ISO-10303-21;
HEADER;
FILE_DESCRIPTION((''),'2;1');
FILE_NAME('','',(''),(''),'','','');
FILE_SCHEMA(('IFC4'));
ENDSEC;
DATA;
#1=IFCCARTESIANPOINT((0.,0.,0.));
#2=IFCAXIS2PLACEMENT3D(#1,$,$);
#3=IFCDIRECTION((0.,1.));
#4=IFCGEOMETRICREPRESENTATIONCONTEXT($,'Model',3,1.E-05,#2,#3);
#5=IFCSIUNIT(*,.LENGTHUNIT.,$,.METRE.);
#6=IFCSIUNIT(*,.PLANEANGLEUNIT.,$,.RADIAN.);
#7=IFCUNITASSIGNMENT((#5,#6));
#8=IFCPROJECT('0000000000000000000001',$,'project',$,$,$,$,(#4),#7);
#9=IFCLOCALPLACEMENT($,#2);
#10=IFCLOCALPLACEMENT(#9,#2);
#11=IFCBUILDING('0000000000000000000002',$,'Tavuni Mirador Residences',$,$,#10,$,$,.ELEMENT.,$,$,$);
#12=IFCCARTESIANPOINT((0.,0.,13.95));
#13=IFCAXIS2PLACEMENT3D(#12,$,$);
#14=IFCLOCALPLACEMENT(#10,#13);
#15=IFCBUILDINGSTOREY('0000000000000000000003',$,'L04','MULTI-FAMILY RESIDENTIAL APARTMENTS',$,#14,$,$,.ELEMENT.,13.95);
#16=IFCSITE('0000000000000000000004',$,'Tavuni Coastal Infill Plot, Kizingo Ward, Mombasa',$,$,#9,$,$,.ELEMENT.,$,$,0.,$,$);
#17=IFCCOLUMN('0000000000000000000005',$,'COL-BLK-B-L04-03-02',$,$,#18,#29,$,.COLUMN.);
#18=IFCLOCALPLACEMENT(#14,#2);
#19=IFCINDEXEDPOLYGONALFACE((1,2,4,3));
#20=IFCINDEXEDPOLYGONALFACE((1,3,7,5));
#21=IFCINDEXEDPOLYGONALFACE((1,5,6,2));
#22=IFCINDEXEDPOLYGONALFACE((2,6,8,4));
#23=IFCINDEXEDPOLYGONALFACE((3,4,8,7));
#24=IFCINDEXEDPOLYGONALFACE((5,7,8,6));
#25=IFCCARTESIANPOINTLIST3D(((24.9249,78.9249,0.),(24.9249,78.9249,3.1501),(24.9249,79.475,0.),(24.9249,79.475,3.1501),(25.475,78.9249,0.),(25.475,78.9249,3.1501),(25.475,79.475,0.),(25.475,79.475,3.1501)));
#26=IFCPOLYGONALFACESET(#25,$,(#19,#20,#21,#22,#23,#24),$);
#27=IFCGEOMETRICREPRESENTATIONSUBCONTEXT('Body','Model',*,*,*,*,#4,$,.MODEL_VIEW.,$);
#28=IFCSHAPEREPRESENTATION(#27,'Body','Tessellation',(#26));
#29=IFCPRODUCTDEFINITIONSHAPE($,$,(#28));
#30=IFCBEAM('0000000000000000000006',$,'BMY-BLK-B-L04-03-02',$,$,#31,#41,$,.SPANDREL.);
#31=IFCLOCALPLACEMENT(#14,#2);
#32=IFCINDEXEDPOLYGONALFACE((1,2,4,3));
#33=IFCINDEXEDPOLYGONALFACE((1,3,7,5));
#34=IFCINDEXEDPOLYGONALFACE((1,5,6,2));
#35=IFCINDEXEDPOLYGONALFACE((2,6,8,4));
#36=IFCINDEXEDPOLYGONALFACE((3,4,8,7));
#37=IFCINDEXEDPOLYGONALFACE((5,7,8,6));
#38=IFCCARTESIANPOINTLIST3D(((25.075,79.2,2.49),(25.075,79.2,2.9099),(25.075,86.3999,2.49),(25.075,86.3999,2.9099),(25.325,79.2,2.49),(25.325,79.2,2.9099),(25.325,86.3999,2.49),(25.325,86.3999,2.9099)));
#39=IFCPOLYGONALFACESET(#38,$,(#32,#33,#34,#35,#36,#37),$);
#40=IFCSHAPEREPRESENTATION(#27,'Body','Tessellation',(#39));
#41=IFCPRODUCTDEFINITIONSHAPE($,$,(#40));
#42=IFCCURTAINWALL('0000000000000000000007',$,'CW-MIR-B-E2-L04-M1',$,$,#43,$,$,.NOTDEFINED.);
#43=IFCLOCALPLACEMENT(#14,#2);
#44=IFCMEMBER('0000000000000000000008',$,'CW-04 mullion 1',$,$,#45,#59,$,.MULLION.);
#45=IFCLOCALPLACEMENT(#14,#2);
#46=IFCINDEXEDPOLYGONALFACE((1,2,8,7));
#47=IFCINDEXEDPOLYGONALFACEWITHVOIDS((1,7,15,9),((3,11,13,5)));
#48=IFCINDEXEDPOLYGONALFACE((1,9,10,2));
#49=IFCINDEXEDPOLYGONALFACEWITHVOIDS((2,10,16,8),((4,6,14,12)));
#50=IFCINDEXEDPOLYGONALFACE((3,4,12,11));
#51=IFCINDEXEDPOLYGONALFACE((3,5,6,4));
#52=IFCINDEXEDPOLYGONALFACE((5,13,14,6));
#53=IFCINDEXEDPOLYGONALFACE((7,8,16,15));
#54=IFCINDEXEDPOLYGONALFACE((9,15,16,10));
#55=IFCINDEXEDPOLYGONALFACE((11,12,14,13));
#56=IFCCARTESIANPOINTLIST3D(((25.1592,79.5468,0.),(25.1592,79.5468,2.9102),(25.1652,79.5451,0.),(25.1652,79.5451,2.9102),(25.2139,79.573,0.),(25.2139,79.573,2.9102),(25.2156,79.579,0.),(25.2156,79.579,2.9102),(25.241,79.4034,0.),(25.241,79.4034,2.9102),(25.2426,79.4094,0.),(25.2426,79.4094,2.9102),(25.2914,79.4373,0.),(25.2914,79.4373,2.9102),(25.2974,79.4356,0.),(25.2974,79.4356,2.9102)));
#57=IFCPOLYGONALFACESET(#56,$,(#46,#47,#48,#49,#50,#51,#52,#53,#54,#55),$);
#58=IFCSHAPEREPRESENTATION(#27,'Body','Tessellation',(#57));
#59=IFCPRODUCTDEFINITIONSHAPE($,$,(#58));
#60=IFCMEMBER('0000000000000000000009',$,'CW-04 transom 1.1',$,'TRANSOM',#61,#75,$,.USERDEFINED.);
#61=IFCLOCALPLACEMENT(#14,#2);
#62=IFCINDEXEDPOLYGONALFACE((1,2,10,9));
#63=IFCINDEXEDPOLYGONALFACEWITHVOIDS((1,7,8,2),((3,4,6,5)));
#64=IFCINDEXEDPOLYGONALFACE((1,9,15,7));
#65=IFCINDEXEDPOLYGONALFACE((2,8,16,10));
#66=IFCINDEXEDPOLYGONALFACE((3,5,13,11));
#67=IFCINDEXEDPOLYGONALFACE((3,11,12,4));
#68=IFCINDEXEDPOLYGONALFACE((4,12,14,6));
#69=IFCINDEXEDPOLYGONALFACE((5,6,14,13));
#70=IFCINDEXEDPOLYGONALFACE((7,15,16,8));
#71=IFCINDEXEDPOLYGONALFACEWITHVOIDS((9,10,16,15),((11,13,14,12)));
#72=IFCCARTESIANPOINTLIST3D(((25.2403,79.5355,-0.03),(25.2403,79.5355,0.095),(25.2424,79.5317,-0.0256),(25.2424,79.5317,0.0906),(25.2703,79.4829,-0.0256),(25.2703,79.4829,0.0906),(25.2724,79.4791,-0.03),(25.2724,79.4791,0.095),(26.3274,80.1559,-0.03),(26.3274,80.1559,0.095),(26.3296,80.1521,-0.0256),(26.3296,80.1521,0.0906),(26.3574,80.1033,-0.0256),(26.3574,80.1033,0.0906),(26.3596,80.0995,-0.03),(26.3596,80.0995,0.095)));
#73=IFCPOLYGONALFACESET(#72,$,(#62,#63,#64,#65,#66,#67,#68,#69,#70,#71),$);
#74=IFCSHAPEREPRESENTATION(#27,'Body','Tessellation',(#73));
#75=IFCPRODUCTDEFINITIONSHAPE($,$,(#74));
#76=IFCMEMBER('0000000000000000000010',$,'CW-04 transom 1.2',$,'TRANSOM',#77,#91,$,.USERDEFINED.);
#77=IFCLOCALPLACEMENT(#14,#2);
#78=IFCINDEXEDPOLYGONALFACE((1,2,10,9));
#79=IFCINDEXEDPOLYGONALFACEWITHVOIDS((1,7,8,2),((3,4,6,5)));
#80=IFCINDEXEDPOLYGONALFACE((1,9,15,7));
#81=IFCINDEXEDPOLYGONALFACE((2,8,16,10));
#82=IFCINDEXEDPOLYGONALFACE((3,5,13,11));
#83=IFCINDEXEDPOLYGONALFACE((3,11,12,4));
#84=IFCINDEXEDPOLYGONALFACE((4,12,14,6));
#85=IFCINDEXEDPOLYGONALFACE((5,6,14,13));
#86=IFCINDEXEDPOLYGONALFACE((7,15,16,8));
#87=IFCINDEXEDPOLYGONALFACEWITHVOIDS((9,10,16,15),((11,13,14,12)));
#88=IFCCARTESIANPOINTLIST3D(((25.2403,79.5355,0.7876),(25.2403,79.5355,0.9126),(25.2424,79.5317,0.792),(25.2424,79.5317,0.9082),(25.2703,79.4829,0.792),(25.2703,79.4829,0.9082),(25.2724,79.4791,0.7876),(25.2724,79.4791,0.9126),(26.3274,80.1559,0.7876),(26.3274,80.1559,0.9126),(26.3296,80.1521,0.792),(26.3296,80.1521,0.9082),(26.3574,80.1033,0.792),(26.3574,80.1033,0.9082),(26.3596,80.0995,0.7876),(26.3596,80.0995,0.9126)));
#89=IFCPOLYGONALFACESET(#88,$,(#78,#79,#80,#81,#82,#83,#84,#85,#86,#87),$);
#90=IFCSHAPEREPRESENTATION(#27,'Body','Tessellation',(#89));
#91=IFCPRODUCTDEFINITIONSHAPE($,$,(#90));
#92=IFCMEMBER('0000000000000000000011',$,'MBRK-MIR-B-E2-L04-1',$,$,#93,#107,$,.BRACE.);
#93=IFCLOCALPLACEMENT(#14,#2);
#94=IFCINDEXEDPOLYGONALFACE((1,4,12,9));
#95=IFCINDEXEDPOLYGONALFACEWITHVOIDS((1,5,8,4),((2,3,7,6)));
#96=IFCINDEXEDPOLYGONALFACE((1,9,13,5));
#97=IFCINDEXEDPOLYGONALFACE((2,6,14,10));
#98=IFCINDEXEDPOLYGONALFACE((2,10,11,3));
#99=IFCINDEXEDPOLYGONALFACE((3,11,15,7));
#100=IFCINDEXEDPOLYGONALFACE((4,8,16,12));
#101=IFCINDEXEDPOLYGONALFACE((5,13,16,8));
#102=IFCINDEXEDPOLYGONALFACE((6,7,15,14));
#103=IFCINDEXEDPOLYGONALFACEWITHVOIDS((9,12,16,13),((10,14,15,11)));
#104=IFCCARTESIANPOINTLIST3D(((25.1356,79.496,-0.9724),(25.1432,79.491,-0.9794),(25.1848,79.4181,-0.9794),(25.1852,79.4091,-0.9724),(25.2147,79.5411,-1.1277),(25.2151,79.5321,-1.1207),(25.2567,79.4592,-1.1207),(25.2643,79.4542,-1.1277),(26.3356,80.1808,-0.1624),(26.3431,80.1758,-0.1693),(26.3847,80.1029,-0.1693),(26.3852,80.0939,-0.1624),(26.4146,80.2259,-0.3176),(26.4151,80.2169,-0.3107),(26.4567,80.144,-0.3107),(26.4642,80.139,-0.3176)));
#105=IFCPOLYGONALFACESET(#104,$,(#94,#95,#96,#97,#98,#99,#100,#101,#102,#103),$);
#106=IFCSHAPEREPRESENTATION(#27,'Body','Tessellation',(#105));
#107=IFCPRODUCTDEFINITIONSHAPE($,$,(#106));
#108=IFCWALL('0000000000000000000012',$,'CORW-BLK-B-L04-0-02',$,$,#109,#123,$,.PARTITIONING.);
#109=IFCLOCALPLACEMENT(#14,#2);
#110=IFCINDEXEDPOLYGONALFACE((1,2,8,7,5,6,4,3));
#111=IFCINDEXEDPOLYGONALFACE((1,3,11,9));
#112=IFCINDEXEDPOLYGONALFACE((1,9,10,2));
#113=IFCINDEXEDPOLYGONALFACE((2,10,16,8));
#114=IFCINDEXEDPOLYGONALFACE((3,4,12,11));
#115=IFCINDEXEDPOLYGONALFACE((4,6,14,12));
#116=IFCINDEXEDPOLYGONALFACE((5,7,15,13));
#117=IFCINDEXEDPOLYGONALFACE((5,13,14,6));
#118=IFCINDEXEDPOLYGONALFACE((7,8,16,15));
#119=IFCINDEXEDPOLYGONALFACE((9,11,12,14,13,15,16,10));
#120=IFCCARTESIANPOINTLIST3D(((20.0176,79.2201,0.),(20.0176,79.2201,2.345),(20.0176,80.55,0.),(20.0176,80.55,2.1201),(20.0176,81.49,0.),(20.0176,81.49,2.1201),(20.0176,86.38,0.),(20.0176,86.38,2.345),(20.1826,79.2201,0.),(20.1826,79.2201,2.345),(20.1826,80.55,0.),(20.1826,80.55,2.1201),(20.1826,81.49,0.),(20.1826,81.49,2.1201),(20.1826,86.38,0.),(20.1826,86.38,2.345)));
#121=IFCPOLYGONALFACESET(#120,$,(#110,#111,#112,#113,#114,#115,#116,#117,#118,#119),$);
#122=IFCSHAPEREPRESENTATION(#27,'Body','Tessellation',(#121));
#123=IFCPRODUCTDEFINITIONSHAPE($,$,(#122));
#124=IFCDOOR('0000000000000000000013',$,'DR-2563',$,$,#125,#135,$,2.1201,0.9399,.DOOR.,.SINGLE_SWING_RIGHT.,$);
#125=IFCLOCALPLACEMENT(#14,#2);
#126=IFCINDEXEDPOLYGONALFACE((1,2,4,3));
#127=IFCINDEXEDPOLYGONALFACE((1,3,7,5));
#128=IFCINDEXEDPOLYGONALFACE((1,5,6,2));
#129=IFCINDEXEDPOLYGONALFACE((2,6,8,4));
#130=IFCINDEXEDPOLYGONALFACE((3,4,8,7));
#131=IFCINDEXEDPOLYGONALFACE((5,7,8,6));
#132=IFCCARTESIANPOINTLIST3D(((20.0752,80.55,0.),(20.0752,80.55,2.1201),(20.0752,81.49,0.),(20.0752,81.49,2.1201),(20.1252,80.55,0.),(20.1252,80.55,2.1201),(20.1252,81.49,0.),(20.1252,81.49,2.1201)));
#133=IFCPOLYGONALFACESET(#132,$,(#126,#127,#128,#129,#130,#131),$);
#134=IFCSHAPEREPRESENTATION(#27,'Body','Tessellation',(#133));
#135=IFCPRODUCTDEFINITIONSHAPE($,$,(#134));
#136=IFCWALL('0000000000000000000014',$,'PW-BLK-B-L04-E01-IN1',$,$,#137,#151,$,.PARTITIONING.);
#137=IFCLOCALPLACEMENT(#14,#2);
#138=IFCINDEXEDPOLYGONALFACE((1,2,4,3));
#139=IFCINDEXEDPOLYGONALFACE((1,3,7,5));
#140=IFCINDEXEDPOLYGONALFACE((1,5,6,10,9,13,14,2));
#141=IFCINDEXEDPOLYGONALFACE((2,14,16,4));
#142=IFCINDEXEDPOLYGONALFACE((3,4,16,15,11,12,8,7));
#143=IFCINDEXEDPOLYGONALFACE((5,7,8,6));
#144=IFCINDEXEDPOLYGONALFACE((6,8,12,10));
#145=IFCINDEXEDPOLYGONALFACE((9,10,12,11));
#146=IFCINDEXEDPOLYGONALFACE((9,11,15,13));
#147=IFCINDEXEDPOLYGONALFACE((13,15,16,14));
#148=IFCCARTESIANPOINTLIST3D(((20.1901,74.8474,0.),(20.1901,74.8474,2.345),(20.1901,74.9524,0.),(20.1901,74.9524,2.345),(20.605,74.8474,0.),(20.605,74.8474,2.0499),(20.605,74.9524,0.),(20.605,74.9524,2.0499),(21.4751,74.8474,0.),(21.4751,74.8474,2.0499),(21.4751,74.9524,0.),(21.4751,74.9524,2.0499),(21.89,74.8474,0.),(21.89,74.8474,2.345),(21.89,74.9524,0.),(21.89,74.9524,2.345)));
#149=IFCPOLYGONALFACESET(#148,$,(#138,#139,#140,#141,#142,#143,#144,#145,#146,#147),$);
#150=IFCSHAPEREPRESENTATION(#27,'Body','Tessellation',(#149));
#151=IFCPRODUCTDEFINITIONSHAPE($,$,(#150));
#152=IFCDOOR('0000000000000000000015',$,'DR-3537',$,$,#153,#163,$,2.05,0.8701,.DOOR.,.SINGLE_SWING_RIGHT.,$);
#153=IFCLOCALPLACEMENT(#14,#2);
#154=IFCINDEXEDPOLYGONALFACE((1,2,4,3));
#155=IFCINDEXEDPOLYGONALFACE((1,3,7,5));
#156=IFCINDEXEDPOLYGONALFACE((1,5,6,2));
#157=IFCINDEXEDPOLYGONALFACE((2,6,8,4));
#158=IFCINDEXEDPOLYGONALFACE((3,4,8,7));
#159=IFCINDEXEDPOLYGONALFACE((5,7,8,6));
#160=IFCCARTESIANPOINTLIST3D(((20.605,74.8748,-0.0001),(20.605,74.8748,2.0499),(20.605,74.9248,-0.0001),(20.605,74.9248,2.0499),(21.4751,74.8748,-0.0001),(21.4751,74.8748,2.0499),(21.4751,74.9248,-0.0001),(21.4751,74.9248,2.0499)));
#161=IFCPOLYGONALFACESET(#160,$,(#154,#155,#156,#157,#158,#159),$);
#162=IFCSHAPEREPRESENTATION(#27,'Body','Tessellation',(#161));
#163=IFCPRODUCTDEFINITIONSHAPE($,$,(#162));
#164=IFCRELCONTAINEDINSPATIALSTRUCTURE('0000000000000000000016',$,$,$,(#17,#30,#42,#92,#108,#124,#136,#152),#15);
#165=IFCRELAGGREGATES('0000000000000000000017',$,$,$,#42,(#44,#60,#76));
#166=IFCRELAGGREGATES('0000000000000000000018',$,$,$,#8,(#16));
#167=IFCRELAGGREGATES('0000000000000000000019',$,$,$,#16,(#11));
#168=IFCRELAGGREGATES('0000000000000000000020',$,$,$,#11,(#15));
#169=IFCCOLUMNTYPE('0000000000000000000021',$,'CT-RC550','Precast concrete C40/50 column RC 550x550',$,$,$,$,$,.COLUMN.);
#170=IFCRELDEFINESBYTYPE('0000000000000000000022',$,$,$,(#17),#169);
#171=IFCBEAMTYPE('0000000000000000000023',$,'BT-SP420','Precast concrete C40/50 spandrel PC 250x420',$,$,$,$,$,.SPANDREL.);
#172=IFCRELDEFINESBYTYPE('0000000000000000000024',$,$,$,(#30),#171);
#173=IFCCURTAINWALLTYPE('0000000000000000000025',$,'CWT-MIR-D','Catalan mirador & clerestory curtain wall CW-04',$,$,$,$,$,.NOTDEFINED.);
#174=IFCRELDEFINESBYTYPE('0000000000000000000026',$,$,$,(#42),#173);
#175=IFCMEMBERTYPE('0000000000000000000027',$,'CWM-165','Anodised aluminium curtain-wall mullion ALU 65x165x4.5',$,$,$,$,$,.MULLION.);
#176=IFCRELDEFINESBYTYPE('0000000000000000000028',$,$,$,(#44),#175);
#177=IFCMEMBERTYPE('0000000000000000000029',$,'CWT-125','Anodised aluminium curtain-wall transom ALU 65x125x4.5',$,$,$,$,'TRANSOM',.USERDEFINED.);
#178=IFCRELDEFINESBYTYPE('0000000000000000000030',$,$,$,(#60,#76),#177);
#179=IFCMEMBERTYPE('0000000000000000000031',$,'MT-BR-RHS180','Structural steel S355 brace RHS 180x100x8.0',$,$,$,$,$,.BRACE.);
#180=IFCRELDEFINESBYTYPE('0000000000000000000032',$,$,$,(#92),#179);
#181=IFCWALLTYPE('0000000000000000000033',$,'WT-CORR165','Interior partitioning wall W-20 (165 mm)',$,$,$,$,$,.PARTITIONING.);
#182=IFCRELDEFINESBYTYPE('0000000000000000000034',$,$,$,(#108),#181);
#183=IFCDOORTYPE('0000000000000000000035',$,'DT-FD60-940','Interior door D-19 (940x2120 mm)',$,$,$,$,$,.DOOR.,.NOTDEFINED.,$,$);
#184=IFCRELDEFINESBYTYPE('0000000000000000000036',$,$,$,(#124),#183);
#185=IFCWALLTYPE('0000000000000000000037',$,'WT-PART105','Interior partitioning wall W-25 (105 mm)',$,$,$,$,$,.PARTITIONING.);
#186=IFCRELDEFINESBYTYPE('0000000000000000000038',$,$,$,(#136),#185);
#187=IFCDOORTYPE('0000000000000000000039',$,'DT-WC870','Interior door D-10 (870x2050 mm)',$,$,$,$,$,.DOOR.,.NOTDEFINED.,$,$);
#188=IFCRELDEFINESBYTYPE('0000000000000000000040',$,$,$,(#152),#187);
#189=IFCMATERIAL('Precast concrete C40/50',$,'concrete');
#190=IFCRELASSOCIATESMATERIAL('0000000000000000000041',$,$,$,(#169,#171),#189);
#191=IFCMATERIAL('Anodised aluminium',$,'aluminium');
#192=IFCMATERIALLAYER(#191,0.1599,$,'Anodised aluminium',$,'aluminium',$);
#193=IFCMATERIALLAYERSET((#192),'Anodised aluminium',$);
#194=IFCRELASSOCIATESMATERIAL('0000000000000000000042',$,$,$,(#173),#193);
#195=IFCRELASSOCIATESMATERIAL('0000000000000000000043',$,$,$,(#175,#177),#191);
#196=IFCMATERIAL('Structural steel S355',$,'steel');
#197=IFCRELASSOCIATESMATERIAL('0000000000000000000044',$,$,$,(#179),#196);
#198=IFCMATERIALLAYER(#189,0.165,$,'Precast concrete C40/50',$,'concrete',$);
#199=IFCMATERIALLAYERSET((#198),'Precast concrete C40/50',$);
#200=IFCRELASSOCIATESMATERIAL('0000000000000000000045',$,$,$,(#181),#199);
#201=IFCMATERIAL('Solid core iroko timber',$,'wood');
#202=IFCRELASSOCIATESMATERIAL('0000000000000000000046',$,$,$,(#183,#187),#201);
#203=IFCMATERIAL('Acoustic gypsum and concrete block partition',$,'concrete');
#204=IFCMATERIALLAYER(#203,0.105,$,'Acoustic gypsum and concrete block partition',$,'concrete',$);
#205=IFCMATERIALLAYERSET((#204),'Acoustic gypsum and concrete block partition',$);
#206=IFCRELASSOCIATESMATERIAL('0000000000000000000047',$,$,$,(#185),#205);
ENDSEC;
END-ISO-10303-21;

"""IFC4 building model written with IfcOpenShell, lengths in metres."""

from ifc_helpers import new_model, si_unit, direction, frame, frame_2d, origin, origin_2d, place, context, subcontext, project, spatial, rectangle, hollow_rectangle, extrude, material, layer, layer_set, material_profile, profile_set, type_object, element, fill, aggregate, save


model = new_model("IFC4")

# Units and contexts
model_context = context("Model", 3, precision=1e-05, world=origin(), true_north=direction((0.0, 1.0)))
body_context = subcontext(model_context, "Body", "Model", "MODEL_VIEW")
ifc_project = project(units=[si_unit("LENGTHUNIT", "METRE"), si_unit("PLANEANGLEUNIT", "RADIAN")], contexts=[model_context])

# Site, building, storey
site_placement = place(None, origin())
site = spatial("IfcSite", under=ifc_project, at=site_placement, Name="Tavuni Coastal Infill Plot, Kizingo Ward, Mombasa", CompositionType="ELEMENT", RefElevation=0.0)
building_placement = place(site_placement, origin())
building = spatial("IfcBuilding", under=site, at=building_placement, Name="Tavuni Mirador Residences", CompositionType="ELEMENT")
storey_placement = place(building_placement, frame((0.0, 0.0, 13.95)))
storey = spatial("IfcBuildingStorey", under=building, at=storey_placement, Name="L04", Description="MULTI-FAMILY RESIDENTIAL APARTMENTS", CompositionType="ELEMENT", Elevation=13.95)

# Column
ifc_material_1 = material(Name="Precast concrete C40/50", Category="concrete")
ifc_material_profile_1 = material_profile(ifc_material_1, rectangle(XDim=0.55, YDim=0.55, at=origin_2d()), Name="RC 550x550", Category="concrete")
ifc_profile_set_1 = profile_set([ifc_material_profile_1], Name="Precast concrete C40/50")
column_type = type_object("IfcColumnType", Name="CT-RC550", Description="Precast concrete C40/50 column RC 550x550", PredefinedType="COLUMN", material=ifc_profile_set_1)
column_placement = place(storey_placement, frame((25.2, 79.2, 0.0), z_axis=(0.0, 0.0, 1.0), x_axis=(1.0, 0.0, 0.0)))
element("IfcColumn", 1, at=column_placement, inside=storey, type_object=column_type, Name="COL-BLK-B-L04-03-02", PredefinedType="COLUMN", context=body_context, shape_type="SweptSolid", body=[
    extrude(rectangle(XDim=0.55, YDim=0.55, at=origin_2d()), origin(), (0.0, 0.0, 1.0), 3.1501),
])

# Beam
ifc_material_profile_2 = material_profile(ifc_material_1, rectangle(XDim=0.25, YDim=0.4199, at=origin_2d()), Name="PC 250x420", Category="concrete")
ifc_profile_set_2 = profile_set([ifc_material_profile_2], Name="Precast concrete C40/50")
beam_type = type_object("IfcBeamType", Name="BT-SP420", Description="Precast concrete C40/50 spandrel PC 250x420", PredefinedType="SPANDREL", material=ifc_profile_set_2)
beam_placement = place(storey_placement, frame((25.2, 79.2, 2.7), z_axis=(0.0, 1.0, 0.0), x_axis=(-1.0, 0.0, 0.0)))
element("IfcBeam", 2, at=beam_placement, inside=storey, type_object=beam_type, Name="BMY-BLK-B-L04-03-02", PredefinedType="SPANDREL", context=body_context, shape_type="SweptSolid", body=[
    extrude(rectangle(XDim=0.25, YDim=0.4199, at=origin_2d()), origin(), (0.0, 0.0, 1.0), 7.2),
])

# Curtain wall, members
ifc_material_2 = material(Name="Anodised aluminium", Category="aluminium")
ifc_layer_1 = layer(ifc_material_2, 0.1599, Name="Anodised aluminium", Category="aluminium")
ifc_layer_set_1 = layer_set([ifc_layer_1], Name="Anodised aluminium")
curtain_wall_type = type_object("IfcCurtainWallType", Name="CWT-MIR-D", Description="Catalan mirador & clerestory curtain wall CW-04", PredefinedType="NOTDEFINED", material=ifc_layer_set_1)
curtain_wall_placement = place(storey_placement, origin())
curtain_wall = element("IfcCurtainWall", 3, at=curtain_wall_placement, inside=storey, type_object=curtain_wall_type, Name="CW-MIR-B-E2-L04-M1", PredefinedType="NOTDEFINED")
ifc_material_profile_3 = material_profile(ifc_material_2, hollow_rectangle(XDim=0.0649, YDim=0.165, WallThickness=0.0044, at=origin_2d()), Name="ALU 65x165x4.5", Category="aluminium")
ifc_profile_set_3 = profile_set([ifc_material_profile_3], Name="Anodised aluminium")
member_type_1 = type_object("IfcMemberType", Name="CWM-165", Description="Anodised aluminium curtain-wall mullion ALU 65x165x4.5", PredefinedType="MULLION", material=ifc_profile_set_3)
member_1_placement = place(storey_placement, frame((25.2283, 79.4912, 0.0), z_axis=(0.0, 0.0, 1.0), x_axis=(0.868466, 0.495749, 0.0)))
member_1 = element("IfcMember", 4, at=member_1_placement, type_object=member_type_1, Name="CW-04 mullion 1", PredefinedType="MULLION", context=body_context, shape_type="SweptSolid", body=[
    extrude(hollow_rectangle(XDim=0.0649, YDim=0.165, WallThickness=0.0044, at=origin_2d()), origin(), (0.0, 0.0, 1.0), 2.9102),
])
ifc_material_profile_4 = material_profile(ifc_material_2, hollow_rectangle(XDim=0.0649, YDim=0.125, WallThickness=0.0044, at=origin_2d()), Name="ALU 65x125x4.5", Category="aluminium")
ifc_profile_set_4 = profile_set([ifc_material_profile_4], Name="Anodised aluminium")
member_type_2 = type_object("IfcMemberType", Name="CWT-125", Description="Anodised aluminium curtain-wall transom ALU 65x125x4.5", ElementType="TRANSOM", PredefinedType="USERDEFINED", material=ifc_profile_set_4)
member_2_placement = place(storey_placement, frame((25.2563, 79.5073, 0.0325), z_axis=(0.868543, 0.495614, 0.0), x_axis=(-0.495614, 0.868543, 0.0)))
member_2 = element("IfcMember", 5, at=member_2_placement, type_object=member_type_2, Name="CW-04 transom 1.1", ObjectType="TRANSOM", PredefinedType="USERDEFINED", context=body_context, shape_type="SweptSolid", body=[
    extrude(hollow_rectangle(XDim=0.0649, YDim=0.125, WallThickness=0.0044, at=origin_2d()), origin(), (0.0, 0.0, 1.0), 1.2517),
])
member_3_placement = place(storey_placement, frame((25.2563, 79.5073, 0.8501), z_axis=(0.868543, 0.495614, 0.0), x_axis=(-0.495614, 0.868543, 0.0)))
member_3 = element("IfcMember", 6, at=member_3_placement, type_object=member_type_2, Name="CW-04 transom 1.2", ObjectType="TRANSOM", PredefinedType="USERDEFINED", context=body_context, shape_type="SweptSolid", body=[
    extrude(hollow_rectangle(XDim=0.0649, YDim=0.125, WallThickness=0.0044, at=origin_2d()), origin(), (0.0, 0.0, 1.0), 1.2517),
])
aggregate(curtain_wall, [member_1, member_2, member_3])

# Member
ifc_material_3 = material(Name="Structural steel S355", Category="steel")
ifc_material_profile_5 = material_profile(ifc_material_3, hollow_rectangle(XDim=0.1001, YDim=0.1799, WallThickness=0.0081, at=origin_2d()), Name="RHS 180x100x8.0", Category="steel")
ifc_profile_set_5 = profile_set([ifc_material_profile_5], Name="Structural steel S355")
member_type_3 = type_object("IfcMemberType", Name="MT-BR-RHS180", Description="Structural steel S355 brace RHS 180x100x8.0", PredefinedType="BRACE", material=ifc_profile_set_5)
member_4_placement = place(storey_placement, frame((25.2, 79.4751, -1.05), z_axis=(0.749231, 0.427588, 0.505788), x_axis=(-0.495663, 0.868515, 0.0)))
element("IfcMember", 7, at=member_4_placement, inside=storey, type_object=member_type_3, Name="MBRK-MIR-B-E2-L04-1", PredefinedType="BRACE", context=body_context, shape_type="SweptSolid", body=[
    extrude(hollow_rectangle(XDim=0.1001, YDim=0.1799, WallThickness=0.0081, at=origin_2d()), origin(), (0.0, 0.0, 1.0), 1.6016),
])

# Walls, openings, doors
ifc_layer_2 = layer(ifc_material_1, 0.165, Name="Precast concrete C40/50", Category="concrete")
ifc_layer_set_2 = layer_set([ifc_layer_2], Name="Precast concrete C40/50")
wall_type_1 = type_object("IfcWallType", Name="WT-CORR165", Description="Interior partitioning wall W-20 (165 mm)", PredefinedType="PARTITIONING", material=ifc_layer_set_2)
wall_1_placement = place(storey_placement, frame((20.1001, 79.22, 0.0), z_axis=(0.0, 0.0, 1.0), x_axis=(0.0, 1.0, 0.0)))
wall_1 = element("IfcWall", 8, at=wall_1_placement, inside=storey, type_object=wall_type_1, Name="CORW-BLK-B-L04-0-02", PredefinedType="PARTITIONING", context=body_context, shape_type="SweptSolid", body=[
    extrude(rectangle(XDim=7.1599, YDim=0.165, at=frame_2d((3.5801, 0.0))), origin(), (0.0, 0.0, 1.0), 2.345),
])
opening_1_placement = place(wall_1_placement, frame((1.3301, 0.0, 0.0)))
opening_1 = element("IfcOpeningElement", 9, at=opening_1_placement, cuts=wall_1, PredefinedType="OPENING", context=body_context, shape_type="SweptSolid", body=[
    extrude(rectangle(XDim=0.9399, YDim=2.1201, at=frame_2d((0.47, 1.0601))), frame((0.0, 0.0925, 0.0), z_axis=(0.0, -1.0, 0.0), x_axis=(1.0, 0.0, 0.0)), (0.0, 0.0, 1.0), 0.1851),
])
ifc_material_4 = material(Name="Solid core iroko timber", Category="wood")
door_type_1 = type_object("IfcDoorType", Name="DT-FD60-940", Description="Interior door D-19 (940x2120 mm)", OperationType="NOTDEFINED", PredefinedType="DOOR", material=ifc_material_4)
door_1_placement = place(opening_1_placement, origin())
door_1 = element("IfcDoor", 10, at=door_1_placement, inside=storey, type_object=door_type_1, Name="DR-2563", OperationType="SINGLE_SWING_RIGHT", OverallHeight=2.1201, OverallWidth=0.9399, PredefinedType="DOOR", context=body_context, shape_type="SweptSolid", body=[
    extrude(rectangle(XDim=0.9399, YDim=2.1201, at=frame_2d((0.47, 1.0601))), frame((0.0, 0.0249, 0.0), z_axis=(0.0, -1.0, 0.0), x_axis=(1.0, 0.0, 0.0)), (0.0, 0.0, 1.0), 0.05),
])
fill(opening_1, door_1)
ifc_material_5 = material(Name="Acoustic gypsum and concrete block partition", Category="concrete")
ifc_layer_3 = layer(ifc_material_5, 0.105, Name="Acoustic gypsum and concrete block partition", Category="concrete")
ifc_layer_set_3 = layer_set([ifc_layer_3], Name="Acoustic gypsum and concrete block partition")
wall_type_2 = type_object("IfcWallType", Name="WT-PART105", Description="Interior partitioning wall W-25 (105 mm)", PredefinedType="PARTITIONING", material=ifc_layer_set_3)
wall_2_placement = place(storey_placement, frame((20.1899, 74.8999, 0.0), z_axis=(0.0, 0.0, 1.0), x_axis=(1.0, 0.0, 0.0)))
wall_2 = element("IfcWall", 11, at=wall_2_placement, inside=storey, type_object=wall_type_2, Name="PW-BLK-B-L04-E01-IN1", PredefinedType="PARTITIONING", context=body_context, shape_type="SweptSolid", body=[
    extrude(rectangle(XDim=1.7, YDim=0.105, at=frame_2d((0.8501, 0.0))), origin(), (0.0, 0.0, 1.0), 2.345),
])
opening_2_placement = place(wall_2_placement, frame((0.415, 0.0, 0.0)))
opening_2 = element("IfcOpeningElement", 12, at=opening_2_placement, cuts=wall_2, PredefinedType="OPENING", context=body_context, shape_type="SweptSolid", body=[
    extrude(rectangle(XDim=0.8701, YDim=2.05, at=frame_2d((0.4351, 1.0249))), frame((0.0, 0.0625, 0.0), z_axis=(0.0, -1.0, 0.0), x_axis=(1.0, 0.0, 0.0)), (0.0, 0.0, 1.0), 0.125),
])
door_type_2 = type_object("IfcDoorType", Name="DT-WC870", Description="Interior door D-10 (870x2050 mm)", OperationType="NOTDEFINED", PredefinedType="DOOR", material=ifc_material_4)
door_2_placement = place(opening_2_placement, origin())
door_2 = element("IfcDoor", 13, at=door_2_placement, inside=storey, type_object=door_type_2, Name="DR-3537", OperationType="SINGLE_SWING_RIGHT", OverallHeight=2.05, OverallWidth=0.8701, PredefinedType="DOOR", context=body_context, shape_type="SweptSolid", body=[
    extrude(rectangle(XDim=0.8701, YDim=2.05, at=frame_2d((0.4351, 1.0249))), frame((0.0, 0.0249, 0.0), z_axis=(0.0, -1.0, 0.0), x_axis=(1.0, 0.0, 0.0)), (0.0, 0.0, 1.0), 0.05),
])
fill(opening_2, door_2)

save(model, "model.ifc")
